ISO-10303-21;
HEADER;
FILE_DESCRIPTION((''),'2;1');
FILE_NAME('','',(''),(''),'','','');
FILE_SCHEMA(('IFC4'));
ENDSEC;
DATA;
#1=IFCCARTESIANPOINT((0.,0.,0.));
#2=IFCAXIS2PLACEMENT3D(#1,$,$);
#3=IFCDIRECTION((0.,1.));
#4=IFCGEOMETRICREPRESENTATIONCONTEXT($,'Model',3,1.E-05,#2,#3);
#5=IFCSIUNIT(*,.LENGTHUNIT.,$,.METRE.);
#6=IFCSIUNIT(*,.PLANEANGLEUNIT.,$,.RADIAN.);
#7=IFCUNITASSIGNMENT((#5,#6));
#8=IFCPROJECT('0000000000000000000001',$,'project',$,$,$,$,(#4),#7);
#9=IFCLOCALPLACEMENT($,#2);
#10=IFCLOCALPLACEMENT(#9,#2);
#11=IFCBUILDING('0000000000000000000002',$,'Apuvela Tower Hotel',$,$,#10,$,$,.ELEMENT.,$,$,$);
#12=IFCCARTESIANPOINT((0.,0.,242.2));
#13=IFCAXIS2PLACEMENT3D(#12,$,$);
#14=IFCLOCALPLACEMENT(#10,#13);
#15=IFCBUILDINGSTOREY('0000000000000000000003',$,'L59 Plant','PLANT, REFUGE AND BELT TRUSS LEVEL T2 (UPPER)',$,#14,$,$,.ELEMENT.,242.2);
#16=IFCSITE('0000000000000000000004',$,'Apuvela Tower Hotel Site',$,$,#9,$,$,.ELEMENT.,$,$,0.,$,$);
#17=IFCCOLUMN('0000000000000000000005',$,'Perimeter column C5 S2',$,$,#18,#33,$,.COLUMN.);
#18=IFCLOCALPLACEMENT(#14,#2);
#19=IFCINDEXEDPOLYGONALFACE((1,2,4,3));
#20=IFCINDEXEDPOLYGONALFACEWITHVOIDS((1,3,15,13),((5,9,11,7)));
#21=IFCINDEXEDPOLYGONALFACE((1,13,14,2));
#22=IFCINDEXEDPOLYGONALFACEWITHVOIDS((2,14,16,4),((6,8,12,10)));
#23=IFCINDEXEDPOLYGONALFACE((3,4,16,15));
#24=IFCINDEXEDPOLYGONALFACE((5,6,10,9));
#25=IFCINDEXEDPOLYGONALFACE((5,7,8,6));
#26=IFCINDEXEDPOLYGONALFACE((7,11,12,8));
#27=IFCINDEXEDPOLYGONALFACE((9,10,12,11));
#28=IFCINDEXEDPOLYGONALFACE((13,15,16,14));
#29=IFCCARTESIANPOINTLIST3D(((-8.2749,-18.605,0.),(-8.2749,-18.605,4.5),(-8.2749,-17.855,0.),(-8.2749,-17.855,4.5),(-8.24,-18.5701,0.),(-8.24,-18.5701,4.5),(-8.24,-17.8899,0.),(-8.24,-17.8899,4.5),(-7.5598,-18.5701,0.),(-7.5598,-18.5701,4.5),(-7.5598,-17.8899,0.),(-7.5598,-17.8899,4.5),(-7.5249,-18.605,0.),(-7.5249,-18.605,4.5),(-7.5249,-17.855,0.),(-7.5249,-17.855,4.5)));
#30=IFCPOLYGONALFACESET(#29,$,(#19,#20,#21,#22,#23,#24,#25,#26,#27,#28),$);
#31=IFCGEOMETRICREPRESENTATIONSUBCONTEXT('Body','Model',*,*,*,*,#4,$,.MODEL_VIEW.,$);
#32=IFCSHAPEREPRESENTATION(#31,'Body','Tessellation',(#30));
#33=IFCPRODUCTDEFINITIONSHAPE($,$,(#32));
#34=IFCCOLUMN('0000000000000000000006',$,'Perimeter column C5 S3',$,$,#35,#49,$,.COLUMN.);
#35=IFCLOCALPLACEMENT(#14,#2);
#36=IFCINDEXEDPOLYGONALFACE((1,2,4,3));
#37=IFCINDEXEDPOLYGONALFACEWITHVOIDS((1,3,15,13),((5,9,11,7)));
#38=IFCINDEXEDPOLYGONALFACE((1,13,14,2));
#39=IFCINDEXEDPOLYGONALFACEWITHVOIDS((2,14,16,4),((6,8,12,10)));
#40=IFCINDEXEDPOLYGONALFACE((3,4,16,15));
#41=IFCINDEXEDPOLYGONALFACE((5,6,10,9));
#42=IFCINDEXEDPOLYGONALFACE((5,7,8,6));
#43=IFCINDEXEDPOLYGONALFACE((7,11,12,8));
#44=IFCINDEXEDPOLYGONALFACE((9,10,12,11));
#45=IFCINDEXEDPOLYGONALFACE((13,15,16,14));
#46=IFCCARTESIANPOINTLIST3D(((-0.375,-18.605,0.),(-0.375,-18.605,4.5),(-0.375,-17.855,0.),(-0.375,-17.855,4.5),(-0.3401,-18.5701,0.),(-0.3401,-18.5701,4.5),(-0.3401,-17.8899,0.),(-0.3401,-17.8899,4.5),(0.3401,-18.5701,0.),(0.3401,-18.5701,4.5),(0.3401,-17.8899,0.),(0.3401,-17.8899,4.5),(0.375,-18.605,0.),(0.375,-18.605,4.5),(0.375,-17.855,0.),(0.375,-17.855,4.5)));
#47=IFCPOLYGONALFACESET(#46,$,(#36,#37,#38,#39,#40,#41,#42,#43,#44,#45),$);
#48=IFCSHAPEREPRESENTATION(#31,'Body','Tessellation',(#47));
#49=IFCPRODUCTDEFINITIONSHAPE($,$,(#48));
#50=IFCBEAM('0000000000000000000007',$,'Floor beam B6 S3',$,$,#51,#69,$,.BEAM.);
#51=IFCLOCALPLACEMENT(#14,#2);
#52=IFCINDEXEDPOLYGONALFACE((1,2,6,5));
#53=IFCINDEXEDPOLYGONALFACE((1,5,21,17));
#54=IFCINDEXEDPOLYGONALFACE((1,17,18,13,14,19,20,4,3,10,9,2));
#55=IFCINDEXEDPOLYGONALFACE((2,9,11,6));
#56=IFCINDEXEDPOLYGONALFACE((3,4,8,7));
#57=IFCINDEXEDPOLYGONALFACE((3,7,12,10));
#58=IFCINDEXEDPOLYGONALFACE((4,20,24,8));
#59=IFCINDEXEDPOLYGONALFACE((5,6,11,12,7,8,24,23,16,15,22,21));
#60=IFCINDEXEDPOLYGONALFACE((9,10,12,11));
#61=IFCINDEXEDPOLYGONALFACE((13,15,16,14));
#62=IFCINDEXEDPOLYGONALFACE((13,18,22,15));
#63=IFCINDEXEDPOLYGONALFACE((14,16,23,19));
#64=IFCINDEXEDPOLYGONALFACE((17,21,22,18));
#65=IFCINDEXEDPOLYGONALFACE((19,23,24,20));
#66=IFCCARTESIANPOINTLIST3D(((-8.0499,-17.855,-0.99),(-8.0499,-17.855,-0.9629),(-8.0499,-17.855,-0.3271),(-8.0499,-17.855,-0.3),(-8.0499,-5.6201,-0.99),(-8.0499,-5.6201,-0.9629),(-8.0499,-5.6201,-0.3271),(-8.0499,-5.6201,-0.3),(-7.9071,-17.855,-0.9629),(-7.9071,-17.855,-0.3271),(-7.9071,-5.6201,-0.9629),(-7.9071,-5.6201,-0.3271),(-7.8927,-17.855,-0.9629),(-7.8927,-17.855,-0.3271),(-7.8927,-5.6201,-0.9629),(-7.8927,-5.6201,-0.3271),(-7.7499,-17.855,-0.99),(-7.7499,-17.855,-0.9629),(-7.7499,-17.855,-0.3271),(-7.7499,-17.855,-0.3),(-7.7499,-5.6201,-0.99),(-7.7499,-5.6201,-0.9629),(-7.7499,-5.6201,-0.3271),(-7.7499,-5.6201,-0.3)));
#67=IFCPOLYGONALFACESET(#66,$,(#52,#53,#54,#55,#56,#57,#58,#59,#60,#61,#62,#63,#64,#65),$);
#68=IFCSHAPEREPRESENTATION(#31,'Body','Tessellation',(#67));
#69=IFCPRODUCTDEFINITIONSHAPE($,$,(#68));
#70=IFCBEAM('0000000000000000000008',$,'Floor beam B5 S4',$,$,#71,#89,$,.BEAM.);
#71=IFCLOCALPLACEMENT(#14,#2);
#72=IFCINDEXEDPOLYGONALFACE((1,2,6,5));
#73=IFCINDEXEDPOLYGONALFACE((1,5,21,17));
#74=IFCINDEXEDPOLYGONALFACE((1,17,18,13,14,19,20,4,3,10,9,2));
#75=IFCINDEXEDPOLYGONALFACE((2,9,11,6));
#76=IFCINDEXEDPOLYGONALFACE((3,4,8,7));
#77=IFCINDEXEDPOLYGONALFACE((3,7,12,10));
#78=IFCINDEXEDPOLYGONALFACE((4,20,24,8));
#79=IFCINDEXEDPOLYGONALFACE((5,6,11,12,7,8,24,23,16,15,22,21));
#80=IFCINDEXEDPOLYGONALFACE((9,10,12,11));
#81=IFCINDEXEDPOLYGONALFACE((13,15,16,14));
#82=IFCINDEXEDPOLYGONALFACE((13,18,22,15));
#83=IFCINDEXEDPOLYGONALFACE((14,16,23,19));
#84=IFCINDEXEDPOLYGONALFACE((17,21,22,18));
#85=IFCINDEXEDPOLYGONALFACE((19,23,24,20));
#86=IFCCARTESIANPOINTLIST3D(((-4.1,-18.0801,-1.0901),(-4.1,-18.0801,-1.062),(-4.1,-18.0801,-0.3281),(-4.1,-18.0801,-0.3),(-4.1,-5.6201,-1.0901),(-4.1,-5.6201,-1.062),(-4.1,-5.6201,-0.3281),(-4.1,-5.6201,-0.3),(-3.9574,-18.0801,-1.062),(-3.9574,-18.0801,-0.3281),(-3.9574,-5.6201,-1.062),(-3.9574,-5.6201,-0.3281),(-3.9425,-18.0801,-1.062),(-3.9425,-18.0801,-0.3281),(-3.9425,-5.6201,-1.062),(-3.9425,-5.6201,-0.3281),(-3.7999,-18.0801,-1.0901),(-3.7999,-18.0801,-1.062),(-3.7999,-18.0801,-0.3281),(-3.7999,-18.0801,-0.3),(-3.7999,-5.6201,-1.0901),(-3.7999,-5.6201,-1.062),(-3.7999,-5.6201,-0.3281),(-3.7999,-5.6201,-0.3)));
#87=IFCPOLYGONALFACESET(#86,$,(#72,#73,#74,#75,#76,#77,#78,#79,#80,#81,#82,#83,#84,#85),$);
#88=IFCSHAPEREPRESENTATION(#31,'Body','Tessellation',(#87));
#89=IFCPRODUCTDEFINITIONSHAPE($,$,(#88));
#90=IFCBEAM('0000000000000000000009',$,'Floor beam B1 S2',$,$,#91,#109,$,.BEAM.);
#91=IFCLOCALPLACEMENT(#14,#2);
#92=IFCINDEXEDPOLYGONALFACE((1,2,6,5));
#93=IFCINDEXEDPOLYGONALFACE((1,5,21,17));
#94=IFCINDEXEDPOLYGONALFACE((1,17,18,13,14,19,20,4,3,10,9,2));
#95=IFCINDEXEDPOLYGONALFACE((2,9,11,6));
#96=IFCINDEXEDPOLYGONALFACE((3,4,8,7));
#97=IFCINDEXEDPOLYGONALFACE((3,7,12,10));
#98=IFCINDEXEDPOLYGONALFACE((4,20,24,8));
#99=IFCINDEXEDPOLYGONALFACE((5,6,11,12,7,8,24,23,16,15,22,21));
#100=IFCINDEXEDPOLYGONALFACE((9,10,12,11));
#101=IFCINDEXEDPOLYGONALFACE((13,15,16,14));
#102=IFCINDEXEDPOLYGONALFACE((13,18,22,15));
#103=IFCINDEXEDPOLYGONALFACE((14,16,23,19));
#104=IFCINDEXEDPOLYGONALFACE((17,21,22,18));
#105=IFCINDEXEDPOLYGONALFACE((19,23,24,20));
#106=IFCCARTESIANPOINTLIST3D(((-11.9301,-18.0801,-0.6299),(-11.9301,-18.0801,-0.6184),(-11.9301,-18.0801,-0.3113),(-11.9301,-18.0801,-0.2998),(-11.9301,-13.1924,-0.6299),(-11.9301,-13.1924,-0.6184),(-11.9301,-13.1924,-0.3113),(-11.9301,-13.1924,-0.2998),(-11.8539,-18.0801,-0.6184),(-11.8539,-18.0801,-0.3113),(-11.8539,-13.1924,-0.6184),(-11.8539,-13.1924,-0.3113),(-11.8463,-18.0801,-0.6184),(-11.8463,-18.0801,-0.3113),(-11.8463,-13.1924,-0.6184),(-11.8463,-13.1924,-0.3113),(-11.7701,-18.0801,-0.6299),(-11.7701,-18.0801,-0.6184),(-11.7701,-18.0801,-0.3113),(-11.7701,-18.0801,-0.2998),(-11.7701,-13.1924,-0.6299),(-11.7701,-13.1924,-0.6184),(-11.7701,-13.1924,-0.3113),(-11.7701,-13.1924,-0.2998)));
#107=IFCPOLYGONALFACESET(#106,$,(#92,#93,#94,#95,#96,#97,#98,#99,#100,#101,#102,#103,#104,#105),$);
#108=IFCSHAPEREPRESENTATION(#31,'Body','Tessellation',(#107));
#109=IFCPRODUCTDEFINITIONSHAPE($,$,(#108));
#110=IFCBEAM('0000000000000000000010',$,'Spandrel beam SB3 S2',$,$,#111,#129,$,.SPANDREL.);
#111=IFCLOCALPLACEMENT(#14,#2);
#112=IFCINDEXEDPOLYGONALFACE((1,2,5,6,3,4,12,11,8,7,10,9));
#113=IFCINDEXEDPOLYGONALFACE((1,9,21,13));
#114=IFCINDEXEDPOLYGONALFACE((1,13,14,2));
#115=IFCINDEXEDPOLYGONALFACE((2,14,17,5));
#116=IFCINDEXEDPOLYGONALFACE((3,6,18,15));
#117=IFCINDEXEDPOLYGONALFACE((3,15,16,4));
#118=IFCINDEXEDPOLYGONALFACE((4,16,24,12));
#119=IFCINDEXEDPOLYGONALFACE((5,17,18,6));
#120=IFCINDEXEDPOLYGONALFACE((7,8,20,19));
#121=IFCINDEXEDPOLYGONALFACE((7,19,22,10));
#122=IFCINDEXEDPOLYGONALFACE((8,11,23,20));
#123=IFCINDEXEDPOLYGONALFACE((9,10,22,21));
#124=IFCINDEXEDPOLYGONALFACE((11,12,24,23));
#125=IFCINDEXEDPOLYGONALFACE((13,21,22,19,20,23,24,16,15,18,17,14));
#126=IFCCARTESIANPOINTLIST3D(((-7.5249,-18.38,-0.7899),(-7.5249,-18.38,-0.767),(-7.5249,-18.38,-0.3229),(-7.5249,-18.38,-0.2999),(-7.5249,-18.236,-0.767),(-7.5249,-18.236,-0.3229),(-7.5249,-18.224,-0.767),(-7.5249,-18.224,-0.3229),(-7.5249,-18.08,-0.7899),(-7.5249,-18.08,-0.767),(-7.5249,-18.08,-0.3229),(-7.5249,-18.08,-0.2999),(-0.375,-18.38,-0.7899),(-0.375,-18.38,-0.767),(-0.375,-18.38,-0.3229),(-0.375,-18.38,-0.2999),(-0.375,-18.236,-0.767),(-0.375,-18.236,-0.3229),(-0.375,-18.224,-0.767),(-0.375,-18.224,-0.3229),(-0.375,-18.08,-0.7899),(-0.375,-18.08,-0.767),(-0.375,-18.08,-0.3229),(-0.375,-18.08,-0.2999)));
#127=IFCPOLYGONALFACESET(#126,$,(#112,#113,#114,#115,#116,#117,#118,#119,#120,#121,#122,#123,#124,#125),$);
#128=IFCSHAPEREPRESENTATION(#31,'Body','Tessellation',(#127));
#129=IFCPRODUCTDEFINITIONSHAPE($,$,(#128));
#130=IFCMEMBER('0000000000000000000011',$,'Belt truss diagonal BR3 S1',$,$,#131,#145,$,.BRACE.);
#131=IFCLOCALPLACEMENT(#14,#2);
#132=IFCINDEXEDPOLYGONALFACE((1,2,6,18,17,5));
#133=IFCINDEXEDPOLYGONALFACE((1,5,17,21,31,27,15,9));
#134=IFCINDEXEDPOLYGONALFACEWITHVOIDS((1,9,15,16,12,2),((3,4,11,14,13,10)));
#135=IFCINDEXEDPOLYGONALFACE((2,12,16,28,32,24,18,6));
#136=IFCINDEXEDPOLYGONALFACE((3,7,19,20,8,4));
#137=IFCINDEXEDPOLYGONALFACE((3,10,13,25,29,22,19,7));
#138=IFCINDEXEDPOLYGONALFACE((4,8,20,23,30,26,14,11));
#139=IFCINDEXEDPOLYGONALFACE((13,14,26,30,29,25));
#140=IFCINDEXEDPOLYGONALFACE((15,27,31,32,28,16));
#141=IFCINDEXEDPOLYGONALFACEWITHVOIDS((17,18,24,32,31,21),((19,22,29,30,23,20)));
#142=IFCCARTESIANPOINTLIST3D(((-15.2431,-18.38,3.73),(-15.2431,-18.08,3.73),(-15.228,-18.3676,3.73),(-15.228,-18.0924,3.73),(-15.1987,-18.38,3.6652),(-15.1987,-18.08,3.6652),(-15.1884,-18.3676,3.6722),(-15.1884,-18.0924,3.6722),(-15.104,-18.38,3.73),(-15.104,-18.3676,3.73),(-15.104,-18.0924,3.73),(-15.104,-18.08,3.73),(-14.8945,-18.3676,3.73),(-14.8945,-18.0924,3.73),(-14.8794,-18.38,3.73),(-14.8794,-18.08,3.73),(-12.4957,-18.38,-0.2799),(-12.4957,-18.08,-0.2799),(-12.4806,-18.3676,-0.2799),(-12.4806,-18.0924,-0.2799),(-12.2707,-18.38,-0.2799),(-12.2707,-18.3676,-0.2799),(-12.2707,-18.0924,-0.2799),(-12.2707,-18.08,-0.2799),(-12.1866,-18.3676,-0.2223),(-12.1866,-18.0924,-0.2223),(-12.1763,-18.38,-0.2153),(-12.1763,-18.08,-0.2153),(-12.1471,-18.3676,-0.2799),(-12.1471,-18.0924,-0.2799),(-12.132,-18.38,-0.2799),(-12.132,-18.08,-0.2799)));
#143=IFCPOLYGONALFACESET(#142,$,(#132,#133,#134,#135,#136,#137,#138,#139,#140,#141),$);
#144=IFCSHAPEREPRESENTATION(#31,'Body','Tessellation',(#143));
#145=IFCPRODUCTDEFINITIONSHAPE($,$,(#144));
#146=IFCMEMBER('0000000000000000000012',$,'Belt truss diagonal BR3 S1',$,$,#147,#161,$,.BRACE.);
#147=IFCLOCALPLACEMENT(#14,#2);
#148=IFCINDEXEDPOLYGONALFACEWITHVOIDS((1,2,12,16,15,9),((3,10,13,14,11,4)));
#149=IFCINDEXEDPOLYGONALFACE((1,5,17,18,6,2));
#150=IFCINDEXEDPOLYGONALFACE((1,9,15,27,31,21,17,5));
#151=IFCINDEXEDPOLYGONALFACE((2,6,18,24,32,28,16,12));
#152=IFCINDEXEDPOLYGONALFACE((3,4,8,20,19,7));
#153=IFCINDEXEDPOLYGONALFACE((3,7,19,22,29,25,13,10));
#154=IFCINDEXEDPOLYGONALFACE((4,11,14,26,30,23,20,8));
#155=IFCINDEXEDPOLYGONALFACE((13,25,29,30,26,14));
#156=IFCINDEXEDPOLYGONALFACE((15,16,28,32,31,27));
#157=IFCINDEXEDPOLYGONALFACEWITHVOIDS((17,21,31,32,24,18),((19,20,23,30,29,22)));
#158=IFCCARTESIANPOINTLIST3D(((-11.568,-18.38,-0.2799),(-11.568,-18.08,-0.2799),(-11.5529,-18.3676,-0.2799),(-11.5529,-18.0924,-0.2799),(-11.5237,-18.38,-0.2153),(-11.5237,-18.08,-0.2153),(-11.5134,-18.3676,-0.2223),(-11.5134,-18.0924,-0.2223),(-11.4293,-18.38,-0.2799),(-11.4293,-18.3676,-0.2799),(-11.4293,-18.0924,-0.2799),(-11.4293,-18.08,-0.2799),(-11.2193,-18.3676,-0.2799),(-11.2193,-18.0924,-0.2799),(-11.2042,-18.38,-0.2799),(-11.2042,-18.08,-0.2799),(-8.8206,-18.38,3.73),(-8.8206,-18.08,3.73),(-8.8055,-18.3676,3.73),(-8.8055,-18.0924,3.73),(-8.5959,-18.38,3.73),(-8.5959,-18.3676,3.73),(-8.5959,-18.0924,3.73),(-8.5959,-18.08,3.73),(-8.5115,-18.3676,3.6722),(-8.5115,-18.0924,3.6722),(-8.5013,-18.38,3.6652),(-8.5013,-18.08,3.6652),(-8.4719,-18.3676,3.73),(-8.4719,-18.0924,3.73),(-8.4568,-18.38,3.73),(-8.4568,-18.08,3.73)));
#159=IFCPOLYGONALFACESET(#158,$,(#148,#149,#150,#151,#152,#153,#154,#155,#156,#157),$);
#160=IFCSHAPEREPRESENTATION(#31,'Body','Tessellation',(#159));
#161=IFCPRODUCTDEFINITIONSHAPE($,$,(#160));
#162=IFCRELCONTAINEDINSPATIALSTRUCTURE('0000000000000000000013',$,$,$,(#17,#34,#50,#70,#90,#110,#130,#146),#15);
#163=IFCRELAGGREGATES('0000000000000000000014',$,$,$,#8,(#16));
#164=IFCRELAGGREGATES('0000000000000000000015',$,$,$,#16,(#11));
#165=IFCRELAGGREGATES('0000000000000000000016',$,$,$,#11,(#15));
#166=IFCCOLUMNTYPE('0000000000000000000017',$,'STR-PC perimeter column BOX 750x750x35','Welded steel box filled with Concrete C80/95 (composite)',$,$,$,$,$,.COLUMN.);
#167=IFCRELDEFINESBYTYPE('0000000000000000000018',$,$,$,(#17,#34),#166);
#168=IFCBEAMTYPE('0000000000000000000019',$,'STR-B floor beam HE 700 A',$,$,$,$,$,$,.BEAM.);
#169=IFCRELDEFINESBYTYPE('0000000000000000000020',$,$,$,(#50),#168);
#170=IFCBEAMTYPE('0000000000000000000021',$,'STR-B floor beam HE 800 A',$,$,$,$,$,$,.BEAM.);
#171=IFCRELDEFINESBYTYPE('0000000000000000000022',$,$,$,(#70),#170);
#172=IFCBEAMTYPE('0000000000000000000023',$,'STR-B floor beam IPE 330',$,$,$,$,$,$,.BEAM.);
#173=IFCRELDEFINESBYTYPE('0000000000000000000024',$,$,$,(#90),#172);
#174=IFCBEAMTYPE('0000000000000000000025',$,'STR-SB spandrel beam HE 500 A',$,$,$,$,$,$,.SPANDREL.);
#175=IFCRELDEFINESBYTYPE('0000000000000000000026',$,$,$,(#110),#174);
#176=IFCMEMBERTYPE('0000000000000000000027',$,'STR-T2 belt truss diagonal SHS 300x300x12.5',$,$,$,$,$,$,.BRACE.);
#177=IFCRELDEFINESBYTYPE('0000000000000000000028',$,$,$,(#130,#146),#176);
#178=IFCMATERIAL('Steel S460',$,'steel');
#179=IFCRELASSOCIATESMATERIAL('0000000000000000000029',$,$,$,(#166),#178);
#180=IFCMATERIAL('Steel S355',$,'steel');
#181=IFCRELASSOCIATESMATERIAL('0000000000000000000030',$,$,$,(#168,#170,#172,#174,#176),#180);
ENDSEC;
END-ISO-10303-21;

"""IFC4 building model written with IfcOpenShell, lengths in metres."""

from ifc_helpers import new_model, si_unit, direction, frame, origin, origin_2d, place, context, subcontext, project, spatial, rectangle, hollow_rectangle, i_section, extrude, boolean, halfspace, material, material_profile, profile_set, type_object, element, save


model = new_model("IFC4")

# Units and contexts
model_context = context("Model", 3, precision=1e-05, world=origin(), true_north=direction((0.0, 1.0)))
body_context = subcontext(model_context, "Body", "Model", "MODEL_VIEW")
ifc_project = project(units=[si_unit("LENGTHUNIT", "METRE"), si_unit("PLANEANGLEUNIT", "RADIAN")], contexts=[model_context])

# Site, building, storey
site_placement = place(None, origin())
site = spatial("IfcSite", under=ifc_project, at=site_placement, Name="Apuvela Tower Hotel Site", CompositionType="ELEMENT", RefElevation=0.0)
building_placement = place(site_placement, origin())
building = spatial("IfcBuilding", under=site, at=building_placement, Name="Apuvela Tower Hotel", CompositionType="ELEMENT")
storey_placement = place(building_placement, frame((0.0, 0.0, 242.2)))
storey = spatial("IfcBuildingStorey", under=building, at=storey_placement, Name="L59 Plant", Description="PLANT, REFUGE AND BELT TRUSS LEVEL T2 (UPPER)", CompositionType="ELEMENT", Elevation=242.2)

# Columns
ifc_material_1 = material(Name="Steel S460", Category="steel")
ifc_material_profile_1 = material_profile(ifc_material_1, hollow_rectangle(XDim=0.75, YDim=0.75, WallThickness=0.0349, at=origin_2d()), Name="BOX 750x750x35")
ifc_material_2 = material(Name="Concrete C80/95", Category="concrete")
ifc_material_profile_2 = material_profile(ifc_material_2, rectangle(XDim=0.6799, YDim=0.6799, at=origin_2d()), Name="Concrete C80/95 infill")
ifc_profile_set_1 = profile_set([ifc_material_profile_1, ifc_material_profile_2], Name="Steel S460")
column_type = type_object("IfcColumnType", Name="STR-PC perimeter column BOX 750x750x35", Description="Welded steel box filled with Concrete C80/95 (composite)", PredefinedType="COLUMN", material=ifc_profile_set_1)
for number, where, z_axis, x_axis, name in (
    (1, (-7.8999, -18.23, 0.0), (0.0, 0.0, 1.0), (-1.0, 0.0, 0.0), "Perimeter column C5 S2"),
    (2, (0.0, -18.23, 0.0), (0.0, 0.0, 1.0), (-1.0, 0.0, 0.0), "Perimeter column C5 S3"),
):
    element("IfcColumn", number, at=place(storey_placement, frame(where, z_axis=z_axis, x_axis=x_axis)), inside=storey, type_object=column_type, Name=name, PredefinedType="COLUMN", context=body_context, shape_type="SweptSolid", body=[
        extrude(hollow_rectangle(XDim=0.75, YDim=0.75, WallThickness=0.0349, at=origin_2d()), origin(), (0.0, 0.0, 1.0), 4.5),
    ])

# Beams
ifc_material_3 = material(Name="Steel S355", Category="steel")
ifc_material_profile_3 = material_profile(ifc_material_3, i_section(OverallWidth=0.3, OverallDepth=0.6899, WebThickness=0.0144, FlangeThickness=0.0271, at=origin_2d()), Name="HE 700 A")
ifc_profile_set_2 = profile_set([ifc_material_profile_3], Name="Steel S355")
beam_type_1 = type_object("IfcBeamType", Name="STR-B floor beam HE 700 A", PredefinedType="BEAM", material=ifc_profile_set_2)
beam_1_placement = place(storey_placement, frame((-7.8999, -17.855, -0.645), z_axis=(0.0, 1.0, 0.0), x_axis=(-1.0, 0.0, 0.0)))
element("IfcBeam", 3, at=beam_1_placement, inside=storey, type_object=beam_type_1, Name="Floor beam B6 S3", PredefinedType="BEAM", context=body_context, shape_type="SweptSolid", body=[
    extrude(i_section(OverallWidth=0.3, OverallDepth=0.6899, WebThickness=0.0144, FlangeThickness=0.0271, at=origin_2d()), origin(), (0.0, 0.0, 1.0), 12.2349),
])
ifc_material_profile_4 = material_profile(ifc_material_3, i_section(OverallWidth=0.3, OverallDepth=0.79, WebThickness=0.0149, FlangeThickness=0.0281, at=origin_2d()), Name="HE 800 A")
ifc_profile_set_3 = profile_set([ifc_material_profile_4], Name="Steel S355")
beam_type_2 = type_object("IfcBeamType", Name="STR-B floor beam HE 800 A", PredefinedType="BEAM", material=ifc_profile_set_3)
beam_2_placement = place(storey_placement, frame((-3.95, -18.0801, -0.6951), z_axis=(0.0, 1.0, 0.0), x_axis=(-1.0, 0.0, 0.0)))
element("IfcBeam", 4, at=beam_2_placement, inside=storey, type_object=beam_type_2, Name="Floor beam B5 S4", PredefinedType="BEAM", context=body_context, shape_type="SweptSolid", body=[
    extrude(i_section(OverallWidth=0.3, OverallDepth=0.79, WebThickness=0.0149, FlangeThickness=0.0281, at=origin_2d()), origin(), (0.0, 0.0, 1.0), 12.46),
])
ifc_material_profile_5 = material_profile(ifc_material_3, i_section(OverallWidth=0.1599, OverallDepth=0.3301, WebThickness=0.0076, FlangeThickness=0.0115, at=origin_2d()), Name="IPE 330")
ifc_profile_set_4 = profile_set([ifc_material_profile_5], Name="Steel S355")
beam_type_3 = type_object("IfcBeamType", Name="STR-B floor beam IPE 330", PredefinedType="BEAM", material=ifc_profile_set_4)
beam_3_placement = place(storey_placement, frame((-11.8501, -18.0801, -0.4648), z_axis=(0.0, 1.0, 0.0), x_axis=(-1.0, 0.0, 0.0)))
element("IfcBeam", 5, at=beam_3_placement, inside=storey, type_object=beam_type_3, Name="Floor beam B1 S2", PredefinedType="BEAM", context=body_context, shape_type="SweptSolid", body=[
    extrude(i_section(OverallWidth=0.1599, OverallDepth=0.3301, WebThickness=0.0076, FlangeThickness=0.0115, at=origin_2d()), origin(), (0.0, 0.0, 1.0), 4.8877),
])
ifc_material_profile_6 = material_profile(ifc_material_3, i_section(OverallWidth=0.3, OverallDepth=0.49, WebThickness=0.012, FlangeThickness=0.0229, at=origin_2d()), Name="HE 500 A")
ifc_profile_set_5 = profile_set([ifc_material_profile_6], Name="Steel S355")
beam_type_4 = type_object("IfcBeamType", Name="STR-SB spandrel beam HE 500 A", PredefinedType="SPANDREL", material=ifc_profile_set_5)
beam_4_placement = place(storey_placement, frame((-7.5249, -18.23, -0.5449), z_axis=(1.0, 0.0, 0.0), x_axis=(0.0, 1.0, 0.0)))
element("IfcBeam", 6, at=beam_4_placement, inside=storey, type_object=beam_type_4, Name="Spandrel beam SB3 S2", PredefinedType="SPANDREL", context=body_context, shape_type="SweptSolid", body=[
    extrude(i_section(OverallWidth=0.3, OverallDepth=0.49, WebThickness=0.012, FlangeThickness=0.0229, at=origin_2d()), origin(), (0.0, 0.0, 1.0), 7.1499),
])

# Members
ifc_material_profile_7 = material_profile(ifc_material_3, hollow_rectangle(XDim=0.3, YDim=0.3, WallThickness=0.0125, at=origin_2d()), Name="SHS 300x300x12.5")
ifc_profile_set_6 = profile_set([ifc_material_profile_7], Name="Steel S355")
member_type = type_object("IfcMemberType", Name="STR-T2 belt truss diagonal SHS 300x300x12.5", PredefinedType="BRACE", material=ifc_profile_set_6)
member_1_placement = place(storey_placement, frame((-12.3, -18.23, -0.3), z_axis=(-0.565213, 0.0, 0.824945), x_axis=(0.824945, 0.0, 0.565213)))
solid_1 = boolean("DIFFERENCE", boolean("DIFFERENCE", extrude(hollow_rectangle(XDim=0.3, YDim=0.3, WallThickness=0.0125, at=origin_2d()), frame((0.0, 0.0, -0.2229)), (0.0, 0.0, 1.0), 5.355), halfspace(frame((0.0, 0.0, 0.0244), z_axis=(0.565213, 0.0, 0.824945), x_axis=(0.824945, 0.0, -0.565213)), True)), halfspace(frame((0.0, 0.0, 4.8853), z_axis=(0.565213, 0.0, 0.824945), x_axis=(0.824945, 0.0, -0.565213)), False))
element("IfcMember", 7, at=member_1_placement, inside=storey, type_object=member_type, Name="Belt truss diagonal BR3 S1", PredefinedType="BRACE", context=body_context, shape_type="SweptSolid", body=[
    boolean("UNION", boolean("DIFFERENCE", boolean("DIFFERENCE", extrude(hollow_rectangle(XDim=0.3, YDim=0.3, WallThickness=0.0125, at=origin_2d()), origin(), (0.0, 0.0, 1.0), 4.9094), halfspace(frame((0.0, 0.0, 0.0244), z_axis=(0.565213, 0.0, 0.824945), x_axis=(0.824945, 0.0, -0.565213)), True)), halfspace(frame((0.0, 0.0, 4.8853), z_axis=(0.565213, 0.0, 0.824945), x_axis=(0.824945, 0.0, -0.565213)), False)), solid_1),
])
member_2_placement = place(storey_placement, frame((-11.3999, -18.23, -0.3), z_axis=(0.565213, 0.0, 0.824945), x_axis=(-0.824945, 0.0, 0.565213)))
solid_2 = boolean("DIFFERENCE", boolean("DIFFERENCE", extrude(hollow_rectangle(XDim=0.3, YDim=0.3, WallThickness=0.0125, at=origin_2d()), frame((0.0, 0.0, -0.2229)), (0.0, 0.0, 1.0), 5.355), halfspace(frame((0.0, 0.0, 0.0244), z_axis=(0.565213, 0.0, 0.824945), x_axis=(0.824945, 0.0, -0.565213)), True)), halfspace(frame((0.0, 0.0, 4.8853), z_axis=(0.565213, 0.0, 0.824945), x_axis=(0.824945, 0.0, -0.565213)), False))
element("IfcMember", 8, at=member_2_placement, inside=storey, type_object=member_type, Name="Belt truss diagonal BR3 S1", PredefinedType="BRACE", context=body_context, shape_type="SweptSolid", body=[
    boolean("UNION", boolean("DIFFERENCE", boolean("DIFFERENCE", extrude(hollow_rectangle(XDim=0.3, YDim=0.3, WallThickness=0.0125, at=origin_2d()), origin(), (0.0, 0.0, 1.0), 4.9094), halfspace(frame((0.0, 0.0, 0.0244), z_axis=(0.565213, 0.0, 0.824945), x_axis=(0.824945, 0.0, -0.565213)), True)), halfspace(frame((0.0, 0.0, 4.8853), z_axis=(0.565213, 0.0, 0.824945), x_axis=(0.824945, 0.0, -0.565213)), False)), solid_2),
])

save(model, "model.ifc")
